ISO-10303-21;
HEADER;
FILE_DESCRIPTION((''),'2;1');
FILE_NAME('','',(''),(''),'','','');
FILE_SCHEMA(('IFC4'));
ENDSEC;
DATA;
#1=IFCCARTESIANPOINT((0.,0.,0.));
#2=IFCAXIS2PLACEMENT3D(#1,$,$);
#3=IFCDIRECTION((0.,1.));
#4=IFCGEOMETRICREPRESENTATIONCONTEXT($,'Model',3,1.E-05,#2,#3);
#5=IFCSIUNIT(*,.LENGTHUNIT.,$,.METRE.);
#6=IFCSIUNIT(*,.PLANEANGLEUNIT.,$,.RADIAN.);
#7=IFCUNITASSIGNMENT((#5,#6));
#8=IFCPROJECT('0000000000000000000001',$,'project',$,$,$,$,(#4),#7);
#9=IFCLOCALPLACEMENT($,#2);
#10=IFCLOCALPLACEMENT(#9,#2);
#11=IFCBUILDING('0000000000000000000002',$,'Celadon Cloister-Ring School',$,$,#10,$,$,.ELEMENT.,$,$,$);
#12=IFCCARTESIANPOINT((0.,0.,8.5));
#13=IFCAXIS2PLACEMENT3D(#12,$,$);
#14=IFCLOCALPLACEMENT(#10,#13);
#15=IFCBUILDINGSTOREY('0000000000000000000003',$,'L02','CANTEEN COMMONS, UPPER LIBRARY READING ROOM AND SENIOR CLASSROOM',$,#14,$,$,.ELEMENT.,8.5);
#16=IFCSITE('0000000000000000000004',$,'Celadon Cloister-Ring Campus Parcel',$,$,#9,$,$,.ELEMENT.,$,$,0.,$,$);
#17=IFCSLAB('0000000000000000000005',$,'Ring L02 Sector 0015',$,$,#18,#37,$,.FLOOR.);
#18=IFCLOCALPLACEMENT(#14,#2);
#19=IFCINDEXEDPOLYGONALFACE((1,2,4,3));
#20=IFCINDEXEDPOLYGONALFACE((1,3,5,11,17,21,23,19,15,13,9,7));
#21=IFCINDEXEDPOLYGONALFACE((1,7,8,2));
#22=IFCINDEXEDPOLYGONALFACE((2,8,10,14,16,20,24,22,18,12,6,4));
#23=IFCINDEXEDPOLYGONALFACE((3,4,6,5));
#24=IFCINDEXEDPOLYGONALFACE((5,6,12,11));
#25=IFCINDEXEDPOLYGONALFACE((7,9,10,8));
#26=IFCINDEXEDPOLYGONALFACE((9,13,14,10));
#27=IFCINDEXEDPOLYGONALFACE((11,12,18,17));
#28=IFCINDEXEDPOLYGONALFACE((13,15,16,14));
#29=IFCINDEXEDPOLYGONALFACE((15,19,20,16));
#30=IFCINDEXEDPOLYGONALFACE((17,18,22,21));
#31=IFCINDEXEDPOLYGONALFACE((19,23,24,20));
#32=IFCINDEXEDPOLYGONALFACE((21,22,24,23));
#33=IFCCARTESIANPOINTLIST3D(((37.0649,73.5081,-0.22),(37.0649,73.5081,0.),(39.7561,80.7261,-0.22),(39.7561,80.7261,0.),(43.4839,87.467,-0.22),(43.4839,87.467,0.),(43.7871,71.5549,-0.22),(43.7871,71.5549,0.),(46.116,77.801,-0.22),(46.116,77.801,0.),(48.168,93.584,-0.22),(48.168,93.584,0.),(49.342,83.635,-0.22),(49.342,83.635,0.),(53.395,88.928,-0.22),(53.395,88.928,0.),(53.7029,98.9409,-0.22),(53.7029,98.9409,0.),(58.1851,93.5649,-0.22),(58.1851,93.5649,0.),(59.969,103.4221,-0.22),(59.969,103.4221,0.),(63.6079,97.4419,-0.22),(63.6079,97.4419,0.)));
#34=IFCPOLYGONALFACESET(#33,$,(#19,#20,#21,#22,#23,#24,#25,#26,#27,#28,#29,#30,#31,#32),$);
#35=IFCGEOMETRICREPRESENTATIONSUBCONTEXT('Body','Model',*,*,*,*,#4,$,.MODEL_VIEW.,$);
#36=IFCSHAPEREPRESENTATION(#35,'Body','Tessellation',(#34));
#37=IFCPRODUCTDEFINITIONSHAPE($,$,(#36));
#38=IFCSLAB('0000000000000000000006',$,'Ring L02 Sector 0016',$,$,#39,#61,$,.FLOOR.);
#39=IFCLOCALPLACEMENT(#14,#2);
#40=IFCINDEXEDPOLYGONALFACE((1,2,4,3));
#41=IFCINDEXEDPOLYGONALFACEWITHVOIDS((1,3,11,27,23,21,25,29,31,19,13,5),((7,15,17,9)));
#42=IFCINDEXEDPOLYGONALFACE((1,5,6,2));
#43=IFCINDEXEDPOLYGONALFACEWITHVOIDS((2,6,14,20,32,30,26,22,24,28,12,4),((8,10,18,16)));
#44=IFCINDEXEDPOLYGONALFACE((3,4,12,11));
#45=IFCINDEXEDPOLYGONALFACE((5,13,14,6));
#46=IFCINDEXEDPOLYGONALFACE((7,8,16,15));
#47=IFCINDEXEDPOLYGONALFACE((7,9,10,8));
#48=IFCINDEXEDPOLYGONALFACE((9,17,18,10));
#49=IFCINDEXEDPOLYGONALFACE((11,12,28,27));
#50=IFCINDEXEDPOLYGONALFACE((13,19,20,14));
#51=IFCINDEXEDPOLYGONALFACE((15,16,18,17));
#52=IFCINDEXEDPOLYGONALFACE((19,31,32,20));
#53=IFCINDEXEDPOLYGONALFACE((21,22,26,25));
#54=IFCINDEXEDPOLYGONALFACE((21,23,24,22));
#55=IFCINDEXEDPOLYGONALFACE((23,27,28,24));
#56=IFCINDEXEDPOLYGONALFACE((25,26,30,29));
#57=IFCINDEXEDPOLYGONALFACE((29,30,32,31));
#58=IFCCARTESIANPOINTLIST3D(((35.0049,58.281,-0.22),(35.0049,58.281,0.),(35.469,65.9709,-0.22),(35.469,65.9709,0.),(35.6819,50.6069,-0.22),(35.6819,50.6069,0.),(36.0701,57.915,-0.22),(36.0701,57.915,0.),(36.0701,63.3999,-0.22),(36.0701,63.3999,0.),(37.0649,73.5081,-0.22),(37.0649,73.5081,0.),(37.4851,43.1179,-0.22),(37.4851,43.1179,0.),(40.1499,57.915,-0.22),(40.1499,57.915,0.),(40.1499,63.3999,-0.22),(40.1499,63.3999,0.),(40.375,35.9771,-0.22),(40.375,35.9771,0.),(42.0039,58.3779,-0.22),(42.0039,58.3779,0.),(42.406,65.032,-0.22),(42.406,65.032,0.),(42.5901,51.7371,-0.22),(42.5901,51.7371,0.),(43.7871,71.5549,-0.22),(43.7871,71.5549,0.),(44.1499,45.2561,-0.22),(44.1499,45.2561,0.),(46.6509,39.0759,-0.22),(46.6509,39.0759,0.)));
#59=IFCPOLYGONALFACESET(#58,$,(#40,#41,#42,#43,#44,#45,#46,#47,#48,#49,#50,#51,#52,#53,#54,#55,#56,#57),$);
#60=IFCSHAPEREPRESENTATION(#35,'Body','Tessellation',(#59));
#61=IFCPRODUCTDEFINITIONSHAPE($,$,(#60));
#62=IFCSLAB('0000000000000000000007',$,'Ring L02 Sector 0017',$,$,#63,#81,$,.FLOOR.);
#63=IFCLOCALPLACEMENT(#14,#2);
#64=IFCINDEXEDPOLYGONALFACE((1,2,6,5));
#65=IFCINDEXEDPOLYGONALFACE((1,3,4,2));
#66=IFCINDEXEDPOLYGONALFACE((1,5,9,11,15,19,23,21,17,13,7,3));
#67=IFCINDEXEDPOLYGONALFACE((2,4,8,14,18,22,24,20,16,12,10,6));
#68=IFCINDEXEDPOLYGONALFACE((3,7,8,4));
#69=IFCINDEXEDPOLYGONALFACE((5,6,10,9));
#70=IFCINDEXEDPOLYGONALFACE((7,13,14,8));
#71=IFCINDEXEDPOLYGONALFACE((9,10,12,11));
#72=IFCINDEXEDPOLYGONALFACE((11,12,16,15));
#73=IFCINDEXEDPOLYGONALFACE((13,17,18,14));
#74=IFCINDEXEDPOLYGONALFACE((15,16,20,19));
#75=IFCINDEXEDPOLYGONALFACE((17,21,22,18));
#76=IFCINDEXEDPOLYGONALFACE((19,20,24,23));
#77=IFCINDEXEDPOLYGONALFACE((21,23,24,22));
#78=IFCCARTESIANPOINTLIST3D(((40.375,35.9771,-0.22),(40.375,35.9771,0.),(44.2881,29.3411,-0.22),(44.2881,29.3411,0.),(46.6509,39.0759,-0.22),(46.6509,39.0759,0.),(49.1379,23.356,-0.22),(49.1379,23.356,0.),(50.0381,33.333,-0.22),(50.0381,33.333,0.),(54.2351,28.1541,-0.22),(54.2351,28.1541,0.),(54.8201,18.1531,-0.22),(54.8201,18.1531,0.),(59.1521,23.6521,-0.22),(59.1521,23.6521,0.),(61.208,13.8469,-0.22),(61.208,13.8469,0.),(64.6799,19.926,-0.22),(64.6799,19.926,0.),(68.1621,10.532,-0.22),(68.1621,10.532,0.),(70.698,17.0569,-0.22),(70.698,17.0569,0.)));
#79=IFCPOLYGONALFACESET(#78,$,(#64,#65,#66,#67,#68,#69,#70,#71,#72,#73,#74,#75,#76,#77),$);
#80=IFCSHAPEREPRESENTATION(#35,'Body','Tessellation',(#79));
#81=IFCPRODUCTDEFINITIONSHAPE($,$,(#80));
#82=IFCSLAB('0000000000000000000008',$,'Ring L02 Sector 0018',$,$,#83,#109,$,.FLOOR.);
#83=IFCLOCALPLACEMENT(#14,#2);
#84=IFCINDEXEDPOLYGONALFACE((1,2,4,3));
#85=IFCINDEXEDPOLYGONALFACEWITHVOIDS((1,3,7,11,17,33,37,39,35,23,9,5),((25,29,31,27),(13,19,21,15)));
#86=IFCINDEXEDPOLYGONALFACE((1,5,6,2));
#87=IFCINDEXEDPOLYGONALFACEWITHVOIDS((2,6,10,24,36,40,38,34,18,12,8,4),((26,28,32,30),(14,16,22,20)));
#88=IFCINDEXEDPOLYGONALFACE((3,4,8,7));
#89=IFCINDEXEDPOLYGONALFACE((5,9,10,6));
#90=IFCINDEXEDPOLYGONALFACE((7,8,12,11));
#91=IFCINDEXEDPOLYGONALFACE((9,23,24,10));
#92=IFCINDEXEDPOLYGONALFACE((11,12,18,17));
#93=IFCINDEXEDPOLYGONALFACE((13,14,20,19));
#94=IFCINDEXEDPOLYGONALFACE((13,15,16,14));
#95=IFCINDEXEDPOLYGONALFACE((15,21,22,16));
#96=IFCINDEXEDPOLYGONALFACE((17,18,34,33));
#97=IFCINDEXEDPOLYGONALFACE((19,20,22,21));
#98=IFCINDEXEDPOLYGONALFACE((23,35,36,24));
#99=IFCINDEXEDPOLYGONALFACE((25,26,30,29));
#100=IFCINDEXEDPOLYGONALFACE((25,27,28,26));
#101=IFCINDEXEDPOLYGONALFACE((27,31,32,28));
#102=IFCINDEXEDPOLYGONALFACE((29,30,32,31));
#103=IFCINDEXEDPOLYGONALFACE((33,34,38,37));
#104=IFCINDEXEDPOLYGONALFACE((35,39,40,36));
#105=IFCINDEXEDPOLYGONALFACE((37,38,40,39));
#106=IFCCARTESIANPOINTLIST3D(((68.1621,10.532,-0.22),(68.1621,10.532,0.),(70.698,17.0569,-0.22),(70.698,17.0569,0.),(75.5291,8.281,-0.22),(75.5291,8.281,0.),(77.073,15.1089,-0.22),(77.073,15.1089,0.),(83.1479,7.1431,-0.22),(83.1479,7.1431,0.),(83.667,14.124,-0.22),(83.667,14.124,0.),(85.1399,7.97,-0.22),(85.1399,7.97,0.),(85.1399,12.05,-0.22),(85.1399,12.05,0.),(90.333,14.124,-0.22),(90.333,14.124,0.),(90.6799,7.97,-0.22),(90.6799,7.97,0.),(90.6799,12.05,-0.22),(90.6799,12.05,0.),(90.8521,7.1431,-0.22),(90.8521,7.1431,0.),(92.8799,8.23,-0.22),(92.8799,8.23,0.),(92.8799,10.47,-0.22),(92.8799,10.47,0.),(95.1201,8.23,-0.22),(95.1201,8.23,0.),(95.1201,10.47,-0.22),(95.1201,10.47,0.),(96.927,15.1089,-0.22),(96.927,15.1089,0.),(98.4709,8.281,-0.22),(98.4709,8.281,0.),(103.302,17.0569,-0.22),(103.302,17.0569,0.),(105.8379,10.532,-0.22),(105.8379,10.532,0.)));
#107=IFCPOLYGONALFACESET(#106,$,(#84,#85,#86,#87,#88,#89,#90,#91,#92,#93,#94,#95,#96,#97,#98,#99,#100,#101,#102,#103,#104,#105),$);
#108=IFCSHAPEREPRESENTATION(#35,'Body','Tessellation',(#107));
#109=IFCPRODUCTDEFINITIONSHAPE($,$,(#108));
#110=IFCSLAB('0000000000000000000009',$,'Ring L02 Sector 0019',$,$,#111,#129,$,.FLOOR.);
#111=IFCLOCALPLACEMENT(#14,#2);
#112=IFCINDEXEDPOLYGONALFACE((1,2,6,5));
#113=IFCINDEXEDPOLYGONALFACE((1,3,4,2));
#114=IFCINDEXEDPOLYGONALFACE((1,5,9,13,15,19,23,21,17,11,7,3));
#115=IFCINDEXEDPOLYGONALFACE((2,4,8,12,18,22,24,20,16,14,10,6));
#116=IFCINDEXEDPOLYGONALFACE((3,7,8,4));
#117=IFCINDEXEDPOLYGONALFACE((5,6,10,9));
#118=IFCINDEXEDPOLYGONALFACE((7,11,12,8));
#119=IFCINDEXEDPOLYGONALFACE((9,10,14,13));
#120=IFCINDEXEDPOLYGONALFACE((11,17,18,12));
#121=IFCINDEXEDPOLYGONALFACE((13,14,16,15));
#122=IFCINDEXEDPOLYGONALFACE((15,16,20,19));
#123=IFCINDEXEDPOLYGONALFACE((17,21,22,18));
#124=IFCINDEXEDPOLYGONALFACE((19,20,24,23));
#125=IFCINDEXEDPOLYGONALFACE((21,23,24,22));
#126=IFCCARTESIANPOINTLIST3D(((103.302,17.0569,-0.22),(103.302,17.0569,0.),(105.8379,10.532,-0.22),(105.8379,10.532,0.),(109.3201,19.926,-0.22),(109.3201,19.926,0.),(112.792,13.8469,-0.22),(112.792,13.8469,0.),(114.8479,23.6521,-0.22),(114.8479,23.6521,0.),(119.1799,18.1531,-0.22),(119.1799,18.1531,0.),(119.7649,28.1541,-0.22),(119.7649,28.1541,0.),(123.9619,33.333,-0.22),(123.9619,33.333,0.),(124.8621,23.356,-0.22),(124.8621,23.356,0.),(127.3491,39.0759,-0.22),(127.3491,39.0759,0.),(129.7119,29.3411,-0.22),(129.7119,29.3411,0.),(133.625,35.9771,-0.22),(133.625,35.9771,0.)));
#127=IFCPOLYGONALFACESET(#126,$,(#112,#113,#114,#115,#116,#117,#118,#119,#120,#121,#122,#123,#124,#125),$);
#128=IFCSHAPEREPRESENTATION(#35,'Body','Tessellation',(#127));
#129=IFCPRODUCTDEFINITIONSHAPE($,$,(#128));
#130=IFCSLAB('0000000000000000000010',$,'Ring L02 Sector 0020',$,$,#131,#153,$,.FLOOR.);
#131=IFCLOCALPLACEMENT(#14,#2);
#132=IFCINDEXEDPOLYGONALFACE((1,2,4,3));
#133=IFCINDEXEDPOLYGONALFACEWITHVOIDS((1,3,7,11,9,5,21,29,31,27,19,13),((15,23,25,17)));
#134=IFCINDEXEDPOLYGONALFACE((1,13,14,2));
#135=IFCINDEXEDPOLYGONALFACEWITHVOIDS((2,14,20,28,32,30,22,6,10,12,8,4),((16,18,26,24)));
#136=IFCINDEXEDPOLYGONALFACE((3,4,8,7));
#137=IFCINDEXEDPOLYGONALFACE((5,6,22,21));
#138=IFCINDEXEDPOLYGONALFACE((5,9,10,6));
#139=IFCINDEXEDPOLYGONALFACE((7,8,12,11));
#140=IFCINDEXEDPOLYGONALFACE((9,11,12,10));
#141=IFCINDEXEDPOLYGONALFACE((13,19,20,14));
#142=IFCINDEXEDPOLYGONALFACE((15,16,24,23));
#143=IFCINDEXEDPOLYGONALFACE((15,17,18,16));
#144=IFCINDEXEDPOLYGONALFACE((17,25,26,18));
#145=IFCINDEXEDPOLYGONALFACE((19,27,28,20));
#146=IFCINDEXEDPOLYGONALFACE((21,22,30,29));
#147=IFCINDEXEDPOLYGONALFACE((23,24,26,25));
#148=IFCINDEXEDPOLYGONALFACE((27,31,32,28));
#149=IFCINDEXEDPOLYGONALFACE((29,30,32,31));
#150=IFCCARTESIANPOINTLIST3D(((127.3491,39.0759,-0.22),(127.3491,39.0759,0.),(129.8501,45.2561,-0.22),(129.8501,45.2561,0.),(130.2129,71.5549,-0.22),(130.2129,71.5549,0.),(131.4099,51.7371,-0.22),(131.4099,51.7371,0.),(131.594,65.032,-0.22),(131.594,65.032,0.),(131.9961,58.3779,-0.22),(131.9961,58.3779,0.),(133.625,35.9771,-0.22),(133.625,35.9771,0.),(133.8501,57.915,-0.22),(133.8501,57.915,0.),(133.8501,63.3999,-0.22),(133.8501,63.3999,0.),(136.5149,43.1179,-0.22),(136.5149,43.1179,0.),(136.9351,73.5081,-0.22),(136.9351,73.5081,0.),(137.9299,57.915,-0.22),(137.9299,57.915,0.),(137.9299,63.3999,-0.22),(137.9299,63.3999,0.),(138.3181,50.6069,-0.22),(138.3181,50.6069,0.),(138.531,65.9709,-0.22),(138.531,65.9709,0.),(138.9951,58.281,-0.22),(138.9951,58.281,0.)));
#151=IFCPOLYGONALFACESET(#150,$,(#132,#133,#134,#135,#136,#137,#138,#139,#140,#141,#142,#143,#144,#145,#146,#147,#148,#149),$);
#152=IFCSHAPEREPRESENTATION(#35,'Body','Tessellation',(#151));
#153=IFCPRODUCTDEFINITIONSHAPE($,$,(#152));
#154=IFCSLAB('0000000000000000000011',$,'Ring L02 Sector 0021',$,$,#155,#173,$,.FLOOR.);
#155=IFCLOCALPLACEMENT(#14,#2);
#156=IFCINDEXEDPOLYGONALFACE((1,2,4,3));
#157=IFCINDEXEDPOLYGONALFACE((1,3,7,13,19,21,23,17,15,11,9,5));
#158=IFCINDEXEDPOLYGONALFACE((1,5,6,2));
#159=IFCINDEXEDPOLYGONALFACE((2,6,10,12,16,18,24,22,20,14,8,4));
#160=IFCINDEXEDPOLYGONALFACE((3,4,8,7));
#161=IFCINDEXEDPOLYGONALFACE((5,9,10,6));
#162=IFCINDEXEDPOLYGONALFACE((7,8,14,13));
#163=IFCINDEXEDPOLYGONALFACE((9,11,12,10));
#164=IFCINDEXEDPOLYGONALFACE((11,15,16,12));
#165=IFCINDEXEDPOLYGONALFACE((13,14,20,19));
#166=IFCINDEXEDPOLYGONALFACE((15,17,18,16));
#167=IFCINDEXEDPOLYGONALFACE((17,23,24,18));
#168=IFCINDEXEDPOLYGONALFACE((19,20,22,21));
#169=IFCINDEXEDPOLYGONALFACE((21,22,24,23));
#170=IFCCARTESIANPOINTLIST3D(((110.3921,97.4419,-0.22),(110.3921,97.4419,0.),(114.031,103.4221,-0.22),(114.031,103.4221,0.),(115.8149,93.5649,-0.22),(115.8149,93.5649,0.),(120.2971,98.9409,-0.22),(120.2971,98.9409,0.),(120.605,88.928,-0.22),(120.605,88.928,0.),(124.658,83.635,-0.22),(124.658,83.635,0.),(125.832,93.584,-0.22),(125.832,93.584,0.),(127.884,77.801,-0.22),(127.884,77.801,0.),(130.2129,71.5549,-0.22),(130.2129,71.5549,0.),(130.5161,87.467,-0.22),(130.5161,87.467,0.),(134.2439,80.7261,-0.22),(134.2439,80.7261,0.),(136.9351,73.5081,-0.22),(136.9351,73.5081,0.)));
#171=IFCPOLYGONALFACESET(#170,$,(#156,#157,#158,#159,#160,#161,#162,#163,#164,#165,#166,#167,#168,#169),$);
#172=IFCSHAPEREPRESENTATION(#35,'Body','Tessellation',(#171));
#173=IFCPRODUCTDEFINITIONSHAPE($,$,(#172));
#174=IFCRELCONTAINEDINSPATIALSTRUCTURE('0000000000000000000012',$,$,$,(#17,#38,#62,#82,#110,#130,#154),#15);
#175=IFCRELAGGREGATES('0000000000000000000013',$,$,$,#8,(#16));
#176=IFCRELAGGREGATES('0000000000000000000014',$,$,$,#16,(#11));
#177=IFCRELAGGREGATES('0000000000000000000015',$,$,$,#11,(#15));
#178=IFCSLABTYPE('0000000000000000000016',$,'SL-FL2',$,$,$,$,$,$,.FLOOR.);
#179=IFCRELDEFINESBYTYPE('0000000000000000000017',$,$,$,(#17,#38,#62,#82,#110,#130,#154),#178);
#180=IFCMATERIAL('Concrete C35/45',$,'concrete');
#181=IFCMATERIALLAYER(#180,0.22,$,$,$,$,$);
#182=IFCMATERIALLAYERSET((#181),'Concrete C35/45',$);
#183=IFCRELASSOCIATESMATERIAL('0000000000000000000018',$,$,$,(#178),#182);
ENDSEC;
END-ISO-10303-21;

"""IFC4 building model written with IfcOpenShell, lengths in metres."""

from ifc_helpers import new_model, si_unit, direction, frame, origin, place, context, subcontext, project, spatial, polyline, outline, extrude, material, layer, layer_set, type_object, element, save


model = new_model("IFC4")

# Units and contexts
model_context = context("Model", 3, precision=1e-05, world=origin(), true_north=direction((0.0, 1.0)))
body_context = subcontext(model_context, "Body", "Model", "MODEL_VIEW")
ifc_project = project(units=[si_unit("LENGTHUNIT", "METRE"), si_unit("PLANEANGLEUNIT", "RADIAN")], contexts=[model_context])

# Site, building, storey
site_placement = place(None, origin())
site = spatial("IfcSite", under=ifc_project, at=site_placement, Name="Celadon Cloister-Ring Campus Parcel", CompositionType="ELEMENT", RefElevation=0.0)
building_placement = place(site_placement, origin())
building = spatial("IfcBuilding", under=site, at=building_placement, Name="Celadon Cloister-Ring School", CompositionType="ELEMENT")
storey_placement = place(building_placement, frame((0.0, 0.0, 8.5)))
storey = spatial("IfcBuildingStorey", under=building, at=storey_placement, Name="L02", Description="CANTEEN COMMONS, UPPER LIBRARY READING ROOM AND SENIOR CLASSROOM", CompositionType="ELEMENT", Elevation=8.5)

# Slabs
ifc_material_1 = material(Name="Concrete C35/45", Category="concrete")
ifc_layer_1 = layer(ifc_material_1, 0.22)
ifc_layer_set_1 = layer_set([ifc_layer_1], Name="Concrete C35/45")
slab_type_1 = type_object("IfcSlabType", Name="SL-FL2", PredefinedType="FLOOR", material=ifc_layer_set_1)
slab_1_placement = place(storey_placement, frame((0.0, 0.0, -0.22)))
element("IfcSlab", 1, at=slab_1_placement, inside=storey, type_object=slab_type_1, Name="Ring L02 Sector 0015", PredefinedType="FLOOR", context=body_context, shape_type="SweptSolid", body=[
    extrude(outline(polyline([(63.6079, 97.4419), (58.1851, 93.5649), (53.395, 88.928), (49.342, 83.635), (46.116, 77.801), (43.7871, 71.5549), (37.0649, 73.5081), (39.7561, 80.7261), (43.4839, 87.467), (48.168, 93.584), (53.7029, 98.9409), (59.969, 103.4221), (63.6079, 97.4419)])), origin(), (0.0, 0.0, 1.0), 0.22),
])
slab_2_placement = place(storey_placement, frame((0.0, 0.0, -0.22)))
element("IfcSlab", 2, at=slab_2_placement, inside=storey, type_object=slab_type_1, Name="Ring L02 Sector 0016", PredefinedType="FLOOR", context=body_context, shape_type="SweptSolid", body=[
    extrude(outline(polyline([(43.7871, 71.5549), (42.406, 65.032), (42.0039, 58.3779), (42.5901, 51.7371), (44.1499, 45.2561), (46.6509, 39.0759), (40.375, 35.9771), (37.4851, 43.1179), (35.6819, 50.6069), (35.0049, 58.281), (35.469, 65.9709), (37.0649, 73.5081), (43.7871, 71.5549)]), holes=[polyline([(40.1499, 57.915), (40.1499, 63.3999), (36.0701, 63.3999), (36.0701, 57.915), (40.1499, 57.915)])]), origin(), (0.0, 0.0, 1.0), 0.22),
])
slab_3_placement = place(storey_placement, frame((0.0, 0.0, -0.22)))
element("IfcSlab", 3, at=slab_3_placement, inside=storey, type_object=slab_type_1, Name="Ring L02 Sector 0017", PredefinedType="FLOOR", context=body_context, shape_type="SweptSolid", body=[
    extrude(outline(polyline([(46.6509, 39.0759), (50.0381, 33.333), (54.2351, 28.1541), (59.1521, 23.6521), (64.6799, 19.926), (70.698, 17.0569), (68.1621, 10.532), (61.208, 13.8469), (54.8201, 18.1531), (49.1379, 23.356), (44.2881, 29.3411), (40.375, 35.9771), (46.6509, 39.0759)])), origin(), (0.0, 0.0, 1.0), 0.22),
])
slab_4_placement = place(storey_placement, frame((0.0, 0.0, -0.22)))
element("IfcSlab", 4, at=slab_4_placement, inside=storey, type_object=slab_type_1, Name="Ring L02 Sector 0018", PredefinedType="FLOOR", context=body_context, shape_type="SweptSolid", body=[
    extrude(outline(polyline([(70.698, 17.0569), (77.073, 15.1089), (83.667, 14.124), (90.333, 14.124), (96.927, 15.1089), (103.302, 17.0569), (105.8379, 10.532), (98.4709, 8.281), (90.8521, 7.1431), (83.1479, 7.1431), (75.5291, 8.281), (68.1621, 10.532), (70.698, 17.0569)]), holes=[polyline([(95.1201, 8.23), (95.1201, 10.47), (92.8799, 10.47), (92.8799, 8.23), (95.1201, 8.23)]), polyline([(90.6799, 7.97), (90.6799, 12.05), (85.1399, 12.05), (85.1399, 7.97), (90.6799, 7.97)])]), origin(), (0.0, 0.0, 1.0), 0.22),
])
slab_5_placement = place(storey_placement, frame((0.0, 0.0, -0.22)))
element("IfcSlab", 5, at=slab_5_placement, inside=storey, type_object=slab_type_1, Name="Ring L02 Sector 0019", PredefinedType="FLOOR", context=body_context, shape_type="SweptSolid", body=[
    extrude(outline(polyline([(103.302, 17.0569), (109.3201, 19.926), (114.8479, 23.6521), (119.7649, 28.1541), (123.9619, 33.333), (127.3491, 39.0759), (133.625, 35.9771), (129.7119, 29.3411), (124.8621, 23.356), (119.1799, 18.1531), (112.792, 13.8469), (105.8379, 10.532), (103.302, 17.0569)])), origin(), (0.0, 0.0, 1.0), 0.22),
])
slab_6_placement = place(storey_placement, frame((0.0, 0.0, -0.22)))
element("IfcSlab", 6, at=slab_6_placement, inside=storey, type_object=slab_type_1, Name="Ring L02 Sector 0020", PredefinedType="FLOOR", context=body_context, shape_type="SweptSolid", body=[
    extrude(outline(polyline([(127.3491, 39.0759), (129.8501, 45.2561), (131.4099, 51.7371), (131.9961, 58.3779), (131.594, 65.032), (130.2129, 71.5549), (136.9351, 73.5081), (138.531, 65.9709), (138.9951, 58.281), (138.3181, 50.6069), (136.5149, 43.1179), (133.625, 35.9771), (127.3491, 39.0759)]), holes=[polyline([(133.8501, 57.915), (137.9299, 57.915), (137.9299, 63.3999), (133.8501, 63.3999), (133.8501, 57.915)])]), origin(), (0.0, 0.0, 1.0), 0.22),
])
slab_7_placement = place(storey_placement, frame((0.0, 0.0, -0.22)))
element("IfcSlab", 7, at=slab_7_placement, inside=storey, type_object=slab_type_1, Name="Ring L02 Sector 0021", PredefinedType="FLOOR", context=body_context, shape_type="SweptSolid", body=[
    extrude(outline(polyline([(130.2129, 71.5549), (127.884, 77.801), (124.658, 83.635), (120.605, 88.928), (115.8149, 93.5649), (110.3921, 97.4419), (114.031, 103.4221), (120.2971, 98.9409), (125.832, 93.584), (130.5161, 87.467), (134.2439, 80.7261), (136.9351, 73.5081), (130.2129, 71.5549)])), origin(), (0.0, 0.0, 1.0), 0.22),
])

save(model, "model.ifc")
